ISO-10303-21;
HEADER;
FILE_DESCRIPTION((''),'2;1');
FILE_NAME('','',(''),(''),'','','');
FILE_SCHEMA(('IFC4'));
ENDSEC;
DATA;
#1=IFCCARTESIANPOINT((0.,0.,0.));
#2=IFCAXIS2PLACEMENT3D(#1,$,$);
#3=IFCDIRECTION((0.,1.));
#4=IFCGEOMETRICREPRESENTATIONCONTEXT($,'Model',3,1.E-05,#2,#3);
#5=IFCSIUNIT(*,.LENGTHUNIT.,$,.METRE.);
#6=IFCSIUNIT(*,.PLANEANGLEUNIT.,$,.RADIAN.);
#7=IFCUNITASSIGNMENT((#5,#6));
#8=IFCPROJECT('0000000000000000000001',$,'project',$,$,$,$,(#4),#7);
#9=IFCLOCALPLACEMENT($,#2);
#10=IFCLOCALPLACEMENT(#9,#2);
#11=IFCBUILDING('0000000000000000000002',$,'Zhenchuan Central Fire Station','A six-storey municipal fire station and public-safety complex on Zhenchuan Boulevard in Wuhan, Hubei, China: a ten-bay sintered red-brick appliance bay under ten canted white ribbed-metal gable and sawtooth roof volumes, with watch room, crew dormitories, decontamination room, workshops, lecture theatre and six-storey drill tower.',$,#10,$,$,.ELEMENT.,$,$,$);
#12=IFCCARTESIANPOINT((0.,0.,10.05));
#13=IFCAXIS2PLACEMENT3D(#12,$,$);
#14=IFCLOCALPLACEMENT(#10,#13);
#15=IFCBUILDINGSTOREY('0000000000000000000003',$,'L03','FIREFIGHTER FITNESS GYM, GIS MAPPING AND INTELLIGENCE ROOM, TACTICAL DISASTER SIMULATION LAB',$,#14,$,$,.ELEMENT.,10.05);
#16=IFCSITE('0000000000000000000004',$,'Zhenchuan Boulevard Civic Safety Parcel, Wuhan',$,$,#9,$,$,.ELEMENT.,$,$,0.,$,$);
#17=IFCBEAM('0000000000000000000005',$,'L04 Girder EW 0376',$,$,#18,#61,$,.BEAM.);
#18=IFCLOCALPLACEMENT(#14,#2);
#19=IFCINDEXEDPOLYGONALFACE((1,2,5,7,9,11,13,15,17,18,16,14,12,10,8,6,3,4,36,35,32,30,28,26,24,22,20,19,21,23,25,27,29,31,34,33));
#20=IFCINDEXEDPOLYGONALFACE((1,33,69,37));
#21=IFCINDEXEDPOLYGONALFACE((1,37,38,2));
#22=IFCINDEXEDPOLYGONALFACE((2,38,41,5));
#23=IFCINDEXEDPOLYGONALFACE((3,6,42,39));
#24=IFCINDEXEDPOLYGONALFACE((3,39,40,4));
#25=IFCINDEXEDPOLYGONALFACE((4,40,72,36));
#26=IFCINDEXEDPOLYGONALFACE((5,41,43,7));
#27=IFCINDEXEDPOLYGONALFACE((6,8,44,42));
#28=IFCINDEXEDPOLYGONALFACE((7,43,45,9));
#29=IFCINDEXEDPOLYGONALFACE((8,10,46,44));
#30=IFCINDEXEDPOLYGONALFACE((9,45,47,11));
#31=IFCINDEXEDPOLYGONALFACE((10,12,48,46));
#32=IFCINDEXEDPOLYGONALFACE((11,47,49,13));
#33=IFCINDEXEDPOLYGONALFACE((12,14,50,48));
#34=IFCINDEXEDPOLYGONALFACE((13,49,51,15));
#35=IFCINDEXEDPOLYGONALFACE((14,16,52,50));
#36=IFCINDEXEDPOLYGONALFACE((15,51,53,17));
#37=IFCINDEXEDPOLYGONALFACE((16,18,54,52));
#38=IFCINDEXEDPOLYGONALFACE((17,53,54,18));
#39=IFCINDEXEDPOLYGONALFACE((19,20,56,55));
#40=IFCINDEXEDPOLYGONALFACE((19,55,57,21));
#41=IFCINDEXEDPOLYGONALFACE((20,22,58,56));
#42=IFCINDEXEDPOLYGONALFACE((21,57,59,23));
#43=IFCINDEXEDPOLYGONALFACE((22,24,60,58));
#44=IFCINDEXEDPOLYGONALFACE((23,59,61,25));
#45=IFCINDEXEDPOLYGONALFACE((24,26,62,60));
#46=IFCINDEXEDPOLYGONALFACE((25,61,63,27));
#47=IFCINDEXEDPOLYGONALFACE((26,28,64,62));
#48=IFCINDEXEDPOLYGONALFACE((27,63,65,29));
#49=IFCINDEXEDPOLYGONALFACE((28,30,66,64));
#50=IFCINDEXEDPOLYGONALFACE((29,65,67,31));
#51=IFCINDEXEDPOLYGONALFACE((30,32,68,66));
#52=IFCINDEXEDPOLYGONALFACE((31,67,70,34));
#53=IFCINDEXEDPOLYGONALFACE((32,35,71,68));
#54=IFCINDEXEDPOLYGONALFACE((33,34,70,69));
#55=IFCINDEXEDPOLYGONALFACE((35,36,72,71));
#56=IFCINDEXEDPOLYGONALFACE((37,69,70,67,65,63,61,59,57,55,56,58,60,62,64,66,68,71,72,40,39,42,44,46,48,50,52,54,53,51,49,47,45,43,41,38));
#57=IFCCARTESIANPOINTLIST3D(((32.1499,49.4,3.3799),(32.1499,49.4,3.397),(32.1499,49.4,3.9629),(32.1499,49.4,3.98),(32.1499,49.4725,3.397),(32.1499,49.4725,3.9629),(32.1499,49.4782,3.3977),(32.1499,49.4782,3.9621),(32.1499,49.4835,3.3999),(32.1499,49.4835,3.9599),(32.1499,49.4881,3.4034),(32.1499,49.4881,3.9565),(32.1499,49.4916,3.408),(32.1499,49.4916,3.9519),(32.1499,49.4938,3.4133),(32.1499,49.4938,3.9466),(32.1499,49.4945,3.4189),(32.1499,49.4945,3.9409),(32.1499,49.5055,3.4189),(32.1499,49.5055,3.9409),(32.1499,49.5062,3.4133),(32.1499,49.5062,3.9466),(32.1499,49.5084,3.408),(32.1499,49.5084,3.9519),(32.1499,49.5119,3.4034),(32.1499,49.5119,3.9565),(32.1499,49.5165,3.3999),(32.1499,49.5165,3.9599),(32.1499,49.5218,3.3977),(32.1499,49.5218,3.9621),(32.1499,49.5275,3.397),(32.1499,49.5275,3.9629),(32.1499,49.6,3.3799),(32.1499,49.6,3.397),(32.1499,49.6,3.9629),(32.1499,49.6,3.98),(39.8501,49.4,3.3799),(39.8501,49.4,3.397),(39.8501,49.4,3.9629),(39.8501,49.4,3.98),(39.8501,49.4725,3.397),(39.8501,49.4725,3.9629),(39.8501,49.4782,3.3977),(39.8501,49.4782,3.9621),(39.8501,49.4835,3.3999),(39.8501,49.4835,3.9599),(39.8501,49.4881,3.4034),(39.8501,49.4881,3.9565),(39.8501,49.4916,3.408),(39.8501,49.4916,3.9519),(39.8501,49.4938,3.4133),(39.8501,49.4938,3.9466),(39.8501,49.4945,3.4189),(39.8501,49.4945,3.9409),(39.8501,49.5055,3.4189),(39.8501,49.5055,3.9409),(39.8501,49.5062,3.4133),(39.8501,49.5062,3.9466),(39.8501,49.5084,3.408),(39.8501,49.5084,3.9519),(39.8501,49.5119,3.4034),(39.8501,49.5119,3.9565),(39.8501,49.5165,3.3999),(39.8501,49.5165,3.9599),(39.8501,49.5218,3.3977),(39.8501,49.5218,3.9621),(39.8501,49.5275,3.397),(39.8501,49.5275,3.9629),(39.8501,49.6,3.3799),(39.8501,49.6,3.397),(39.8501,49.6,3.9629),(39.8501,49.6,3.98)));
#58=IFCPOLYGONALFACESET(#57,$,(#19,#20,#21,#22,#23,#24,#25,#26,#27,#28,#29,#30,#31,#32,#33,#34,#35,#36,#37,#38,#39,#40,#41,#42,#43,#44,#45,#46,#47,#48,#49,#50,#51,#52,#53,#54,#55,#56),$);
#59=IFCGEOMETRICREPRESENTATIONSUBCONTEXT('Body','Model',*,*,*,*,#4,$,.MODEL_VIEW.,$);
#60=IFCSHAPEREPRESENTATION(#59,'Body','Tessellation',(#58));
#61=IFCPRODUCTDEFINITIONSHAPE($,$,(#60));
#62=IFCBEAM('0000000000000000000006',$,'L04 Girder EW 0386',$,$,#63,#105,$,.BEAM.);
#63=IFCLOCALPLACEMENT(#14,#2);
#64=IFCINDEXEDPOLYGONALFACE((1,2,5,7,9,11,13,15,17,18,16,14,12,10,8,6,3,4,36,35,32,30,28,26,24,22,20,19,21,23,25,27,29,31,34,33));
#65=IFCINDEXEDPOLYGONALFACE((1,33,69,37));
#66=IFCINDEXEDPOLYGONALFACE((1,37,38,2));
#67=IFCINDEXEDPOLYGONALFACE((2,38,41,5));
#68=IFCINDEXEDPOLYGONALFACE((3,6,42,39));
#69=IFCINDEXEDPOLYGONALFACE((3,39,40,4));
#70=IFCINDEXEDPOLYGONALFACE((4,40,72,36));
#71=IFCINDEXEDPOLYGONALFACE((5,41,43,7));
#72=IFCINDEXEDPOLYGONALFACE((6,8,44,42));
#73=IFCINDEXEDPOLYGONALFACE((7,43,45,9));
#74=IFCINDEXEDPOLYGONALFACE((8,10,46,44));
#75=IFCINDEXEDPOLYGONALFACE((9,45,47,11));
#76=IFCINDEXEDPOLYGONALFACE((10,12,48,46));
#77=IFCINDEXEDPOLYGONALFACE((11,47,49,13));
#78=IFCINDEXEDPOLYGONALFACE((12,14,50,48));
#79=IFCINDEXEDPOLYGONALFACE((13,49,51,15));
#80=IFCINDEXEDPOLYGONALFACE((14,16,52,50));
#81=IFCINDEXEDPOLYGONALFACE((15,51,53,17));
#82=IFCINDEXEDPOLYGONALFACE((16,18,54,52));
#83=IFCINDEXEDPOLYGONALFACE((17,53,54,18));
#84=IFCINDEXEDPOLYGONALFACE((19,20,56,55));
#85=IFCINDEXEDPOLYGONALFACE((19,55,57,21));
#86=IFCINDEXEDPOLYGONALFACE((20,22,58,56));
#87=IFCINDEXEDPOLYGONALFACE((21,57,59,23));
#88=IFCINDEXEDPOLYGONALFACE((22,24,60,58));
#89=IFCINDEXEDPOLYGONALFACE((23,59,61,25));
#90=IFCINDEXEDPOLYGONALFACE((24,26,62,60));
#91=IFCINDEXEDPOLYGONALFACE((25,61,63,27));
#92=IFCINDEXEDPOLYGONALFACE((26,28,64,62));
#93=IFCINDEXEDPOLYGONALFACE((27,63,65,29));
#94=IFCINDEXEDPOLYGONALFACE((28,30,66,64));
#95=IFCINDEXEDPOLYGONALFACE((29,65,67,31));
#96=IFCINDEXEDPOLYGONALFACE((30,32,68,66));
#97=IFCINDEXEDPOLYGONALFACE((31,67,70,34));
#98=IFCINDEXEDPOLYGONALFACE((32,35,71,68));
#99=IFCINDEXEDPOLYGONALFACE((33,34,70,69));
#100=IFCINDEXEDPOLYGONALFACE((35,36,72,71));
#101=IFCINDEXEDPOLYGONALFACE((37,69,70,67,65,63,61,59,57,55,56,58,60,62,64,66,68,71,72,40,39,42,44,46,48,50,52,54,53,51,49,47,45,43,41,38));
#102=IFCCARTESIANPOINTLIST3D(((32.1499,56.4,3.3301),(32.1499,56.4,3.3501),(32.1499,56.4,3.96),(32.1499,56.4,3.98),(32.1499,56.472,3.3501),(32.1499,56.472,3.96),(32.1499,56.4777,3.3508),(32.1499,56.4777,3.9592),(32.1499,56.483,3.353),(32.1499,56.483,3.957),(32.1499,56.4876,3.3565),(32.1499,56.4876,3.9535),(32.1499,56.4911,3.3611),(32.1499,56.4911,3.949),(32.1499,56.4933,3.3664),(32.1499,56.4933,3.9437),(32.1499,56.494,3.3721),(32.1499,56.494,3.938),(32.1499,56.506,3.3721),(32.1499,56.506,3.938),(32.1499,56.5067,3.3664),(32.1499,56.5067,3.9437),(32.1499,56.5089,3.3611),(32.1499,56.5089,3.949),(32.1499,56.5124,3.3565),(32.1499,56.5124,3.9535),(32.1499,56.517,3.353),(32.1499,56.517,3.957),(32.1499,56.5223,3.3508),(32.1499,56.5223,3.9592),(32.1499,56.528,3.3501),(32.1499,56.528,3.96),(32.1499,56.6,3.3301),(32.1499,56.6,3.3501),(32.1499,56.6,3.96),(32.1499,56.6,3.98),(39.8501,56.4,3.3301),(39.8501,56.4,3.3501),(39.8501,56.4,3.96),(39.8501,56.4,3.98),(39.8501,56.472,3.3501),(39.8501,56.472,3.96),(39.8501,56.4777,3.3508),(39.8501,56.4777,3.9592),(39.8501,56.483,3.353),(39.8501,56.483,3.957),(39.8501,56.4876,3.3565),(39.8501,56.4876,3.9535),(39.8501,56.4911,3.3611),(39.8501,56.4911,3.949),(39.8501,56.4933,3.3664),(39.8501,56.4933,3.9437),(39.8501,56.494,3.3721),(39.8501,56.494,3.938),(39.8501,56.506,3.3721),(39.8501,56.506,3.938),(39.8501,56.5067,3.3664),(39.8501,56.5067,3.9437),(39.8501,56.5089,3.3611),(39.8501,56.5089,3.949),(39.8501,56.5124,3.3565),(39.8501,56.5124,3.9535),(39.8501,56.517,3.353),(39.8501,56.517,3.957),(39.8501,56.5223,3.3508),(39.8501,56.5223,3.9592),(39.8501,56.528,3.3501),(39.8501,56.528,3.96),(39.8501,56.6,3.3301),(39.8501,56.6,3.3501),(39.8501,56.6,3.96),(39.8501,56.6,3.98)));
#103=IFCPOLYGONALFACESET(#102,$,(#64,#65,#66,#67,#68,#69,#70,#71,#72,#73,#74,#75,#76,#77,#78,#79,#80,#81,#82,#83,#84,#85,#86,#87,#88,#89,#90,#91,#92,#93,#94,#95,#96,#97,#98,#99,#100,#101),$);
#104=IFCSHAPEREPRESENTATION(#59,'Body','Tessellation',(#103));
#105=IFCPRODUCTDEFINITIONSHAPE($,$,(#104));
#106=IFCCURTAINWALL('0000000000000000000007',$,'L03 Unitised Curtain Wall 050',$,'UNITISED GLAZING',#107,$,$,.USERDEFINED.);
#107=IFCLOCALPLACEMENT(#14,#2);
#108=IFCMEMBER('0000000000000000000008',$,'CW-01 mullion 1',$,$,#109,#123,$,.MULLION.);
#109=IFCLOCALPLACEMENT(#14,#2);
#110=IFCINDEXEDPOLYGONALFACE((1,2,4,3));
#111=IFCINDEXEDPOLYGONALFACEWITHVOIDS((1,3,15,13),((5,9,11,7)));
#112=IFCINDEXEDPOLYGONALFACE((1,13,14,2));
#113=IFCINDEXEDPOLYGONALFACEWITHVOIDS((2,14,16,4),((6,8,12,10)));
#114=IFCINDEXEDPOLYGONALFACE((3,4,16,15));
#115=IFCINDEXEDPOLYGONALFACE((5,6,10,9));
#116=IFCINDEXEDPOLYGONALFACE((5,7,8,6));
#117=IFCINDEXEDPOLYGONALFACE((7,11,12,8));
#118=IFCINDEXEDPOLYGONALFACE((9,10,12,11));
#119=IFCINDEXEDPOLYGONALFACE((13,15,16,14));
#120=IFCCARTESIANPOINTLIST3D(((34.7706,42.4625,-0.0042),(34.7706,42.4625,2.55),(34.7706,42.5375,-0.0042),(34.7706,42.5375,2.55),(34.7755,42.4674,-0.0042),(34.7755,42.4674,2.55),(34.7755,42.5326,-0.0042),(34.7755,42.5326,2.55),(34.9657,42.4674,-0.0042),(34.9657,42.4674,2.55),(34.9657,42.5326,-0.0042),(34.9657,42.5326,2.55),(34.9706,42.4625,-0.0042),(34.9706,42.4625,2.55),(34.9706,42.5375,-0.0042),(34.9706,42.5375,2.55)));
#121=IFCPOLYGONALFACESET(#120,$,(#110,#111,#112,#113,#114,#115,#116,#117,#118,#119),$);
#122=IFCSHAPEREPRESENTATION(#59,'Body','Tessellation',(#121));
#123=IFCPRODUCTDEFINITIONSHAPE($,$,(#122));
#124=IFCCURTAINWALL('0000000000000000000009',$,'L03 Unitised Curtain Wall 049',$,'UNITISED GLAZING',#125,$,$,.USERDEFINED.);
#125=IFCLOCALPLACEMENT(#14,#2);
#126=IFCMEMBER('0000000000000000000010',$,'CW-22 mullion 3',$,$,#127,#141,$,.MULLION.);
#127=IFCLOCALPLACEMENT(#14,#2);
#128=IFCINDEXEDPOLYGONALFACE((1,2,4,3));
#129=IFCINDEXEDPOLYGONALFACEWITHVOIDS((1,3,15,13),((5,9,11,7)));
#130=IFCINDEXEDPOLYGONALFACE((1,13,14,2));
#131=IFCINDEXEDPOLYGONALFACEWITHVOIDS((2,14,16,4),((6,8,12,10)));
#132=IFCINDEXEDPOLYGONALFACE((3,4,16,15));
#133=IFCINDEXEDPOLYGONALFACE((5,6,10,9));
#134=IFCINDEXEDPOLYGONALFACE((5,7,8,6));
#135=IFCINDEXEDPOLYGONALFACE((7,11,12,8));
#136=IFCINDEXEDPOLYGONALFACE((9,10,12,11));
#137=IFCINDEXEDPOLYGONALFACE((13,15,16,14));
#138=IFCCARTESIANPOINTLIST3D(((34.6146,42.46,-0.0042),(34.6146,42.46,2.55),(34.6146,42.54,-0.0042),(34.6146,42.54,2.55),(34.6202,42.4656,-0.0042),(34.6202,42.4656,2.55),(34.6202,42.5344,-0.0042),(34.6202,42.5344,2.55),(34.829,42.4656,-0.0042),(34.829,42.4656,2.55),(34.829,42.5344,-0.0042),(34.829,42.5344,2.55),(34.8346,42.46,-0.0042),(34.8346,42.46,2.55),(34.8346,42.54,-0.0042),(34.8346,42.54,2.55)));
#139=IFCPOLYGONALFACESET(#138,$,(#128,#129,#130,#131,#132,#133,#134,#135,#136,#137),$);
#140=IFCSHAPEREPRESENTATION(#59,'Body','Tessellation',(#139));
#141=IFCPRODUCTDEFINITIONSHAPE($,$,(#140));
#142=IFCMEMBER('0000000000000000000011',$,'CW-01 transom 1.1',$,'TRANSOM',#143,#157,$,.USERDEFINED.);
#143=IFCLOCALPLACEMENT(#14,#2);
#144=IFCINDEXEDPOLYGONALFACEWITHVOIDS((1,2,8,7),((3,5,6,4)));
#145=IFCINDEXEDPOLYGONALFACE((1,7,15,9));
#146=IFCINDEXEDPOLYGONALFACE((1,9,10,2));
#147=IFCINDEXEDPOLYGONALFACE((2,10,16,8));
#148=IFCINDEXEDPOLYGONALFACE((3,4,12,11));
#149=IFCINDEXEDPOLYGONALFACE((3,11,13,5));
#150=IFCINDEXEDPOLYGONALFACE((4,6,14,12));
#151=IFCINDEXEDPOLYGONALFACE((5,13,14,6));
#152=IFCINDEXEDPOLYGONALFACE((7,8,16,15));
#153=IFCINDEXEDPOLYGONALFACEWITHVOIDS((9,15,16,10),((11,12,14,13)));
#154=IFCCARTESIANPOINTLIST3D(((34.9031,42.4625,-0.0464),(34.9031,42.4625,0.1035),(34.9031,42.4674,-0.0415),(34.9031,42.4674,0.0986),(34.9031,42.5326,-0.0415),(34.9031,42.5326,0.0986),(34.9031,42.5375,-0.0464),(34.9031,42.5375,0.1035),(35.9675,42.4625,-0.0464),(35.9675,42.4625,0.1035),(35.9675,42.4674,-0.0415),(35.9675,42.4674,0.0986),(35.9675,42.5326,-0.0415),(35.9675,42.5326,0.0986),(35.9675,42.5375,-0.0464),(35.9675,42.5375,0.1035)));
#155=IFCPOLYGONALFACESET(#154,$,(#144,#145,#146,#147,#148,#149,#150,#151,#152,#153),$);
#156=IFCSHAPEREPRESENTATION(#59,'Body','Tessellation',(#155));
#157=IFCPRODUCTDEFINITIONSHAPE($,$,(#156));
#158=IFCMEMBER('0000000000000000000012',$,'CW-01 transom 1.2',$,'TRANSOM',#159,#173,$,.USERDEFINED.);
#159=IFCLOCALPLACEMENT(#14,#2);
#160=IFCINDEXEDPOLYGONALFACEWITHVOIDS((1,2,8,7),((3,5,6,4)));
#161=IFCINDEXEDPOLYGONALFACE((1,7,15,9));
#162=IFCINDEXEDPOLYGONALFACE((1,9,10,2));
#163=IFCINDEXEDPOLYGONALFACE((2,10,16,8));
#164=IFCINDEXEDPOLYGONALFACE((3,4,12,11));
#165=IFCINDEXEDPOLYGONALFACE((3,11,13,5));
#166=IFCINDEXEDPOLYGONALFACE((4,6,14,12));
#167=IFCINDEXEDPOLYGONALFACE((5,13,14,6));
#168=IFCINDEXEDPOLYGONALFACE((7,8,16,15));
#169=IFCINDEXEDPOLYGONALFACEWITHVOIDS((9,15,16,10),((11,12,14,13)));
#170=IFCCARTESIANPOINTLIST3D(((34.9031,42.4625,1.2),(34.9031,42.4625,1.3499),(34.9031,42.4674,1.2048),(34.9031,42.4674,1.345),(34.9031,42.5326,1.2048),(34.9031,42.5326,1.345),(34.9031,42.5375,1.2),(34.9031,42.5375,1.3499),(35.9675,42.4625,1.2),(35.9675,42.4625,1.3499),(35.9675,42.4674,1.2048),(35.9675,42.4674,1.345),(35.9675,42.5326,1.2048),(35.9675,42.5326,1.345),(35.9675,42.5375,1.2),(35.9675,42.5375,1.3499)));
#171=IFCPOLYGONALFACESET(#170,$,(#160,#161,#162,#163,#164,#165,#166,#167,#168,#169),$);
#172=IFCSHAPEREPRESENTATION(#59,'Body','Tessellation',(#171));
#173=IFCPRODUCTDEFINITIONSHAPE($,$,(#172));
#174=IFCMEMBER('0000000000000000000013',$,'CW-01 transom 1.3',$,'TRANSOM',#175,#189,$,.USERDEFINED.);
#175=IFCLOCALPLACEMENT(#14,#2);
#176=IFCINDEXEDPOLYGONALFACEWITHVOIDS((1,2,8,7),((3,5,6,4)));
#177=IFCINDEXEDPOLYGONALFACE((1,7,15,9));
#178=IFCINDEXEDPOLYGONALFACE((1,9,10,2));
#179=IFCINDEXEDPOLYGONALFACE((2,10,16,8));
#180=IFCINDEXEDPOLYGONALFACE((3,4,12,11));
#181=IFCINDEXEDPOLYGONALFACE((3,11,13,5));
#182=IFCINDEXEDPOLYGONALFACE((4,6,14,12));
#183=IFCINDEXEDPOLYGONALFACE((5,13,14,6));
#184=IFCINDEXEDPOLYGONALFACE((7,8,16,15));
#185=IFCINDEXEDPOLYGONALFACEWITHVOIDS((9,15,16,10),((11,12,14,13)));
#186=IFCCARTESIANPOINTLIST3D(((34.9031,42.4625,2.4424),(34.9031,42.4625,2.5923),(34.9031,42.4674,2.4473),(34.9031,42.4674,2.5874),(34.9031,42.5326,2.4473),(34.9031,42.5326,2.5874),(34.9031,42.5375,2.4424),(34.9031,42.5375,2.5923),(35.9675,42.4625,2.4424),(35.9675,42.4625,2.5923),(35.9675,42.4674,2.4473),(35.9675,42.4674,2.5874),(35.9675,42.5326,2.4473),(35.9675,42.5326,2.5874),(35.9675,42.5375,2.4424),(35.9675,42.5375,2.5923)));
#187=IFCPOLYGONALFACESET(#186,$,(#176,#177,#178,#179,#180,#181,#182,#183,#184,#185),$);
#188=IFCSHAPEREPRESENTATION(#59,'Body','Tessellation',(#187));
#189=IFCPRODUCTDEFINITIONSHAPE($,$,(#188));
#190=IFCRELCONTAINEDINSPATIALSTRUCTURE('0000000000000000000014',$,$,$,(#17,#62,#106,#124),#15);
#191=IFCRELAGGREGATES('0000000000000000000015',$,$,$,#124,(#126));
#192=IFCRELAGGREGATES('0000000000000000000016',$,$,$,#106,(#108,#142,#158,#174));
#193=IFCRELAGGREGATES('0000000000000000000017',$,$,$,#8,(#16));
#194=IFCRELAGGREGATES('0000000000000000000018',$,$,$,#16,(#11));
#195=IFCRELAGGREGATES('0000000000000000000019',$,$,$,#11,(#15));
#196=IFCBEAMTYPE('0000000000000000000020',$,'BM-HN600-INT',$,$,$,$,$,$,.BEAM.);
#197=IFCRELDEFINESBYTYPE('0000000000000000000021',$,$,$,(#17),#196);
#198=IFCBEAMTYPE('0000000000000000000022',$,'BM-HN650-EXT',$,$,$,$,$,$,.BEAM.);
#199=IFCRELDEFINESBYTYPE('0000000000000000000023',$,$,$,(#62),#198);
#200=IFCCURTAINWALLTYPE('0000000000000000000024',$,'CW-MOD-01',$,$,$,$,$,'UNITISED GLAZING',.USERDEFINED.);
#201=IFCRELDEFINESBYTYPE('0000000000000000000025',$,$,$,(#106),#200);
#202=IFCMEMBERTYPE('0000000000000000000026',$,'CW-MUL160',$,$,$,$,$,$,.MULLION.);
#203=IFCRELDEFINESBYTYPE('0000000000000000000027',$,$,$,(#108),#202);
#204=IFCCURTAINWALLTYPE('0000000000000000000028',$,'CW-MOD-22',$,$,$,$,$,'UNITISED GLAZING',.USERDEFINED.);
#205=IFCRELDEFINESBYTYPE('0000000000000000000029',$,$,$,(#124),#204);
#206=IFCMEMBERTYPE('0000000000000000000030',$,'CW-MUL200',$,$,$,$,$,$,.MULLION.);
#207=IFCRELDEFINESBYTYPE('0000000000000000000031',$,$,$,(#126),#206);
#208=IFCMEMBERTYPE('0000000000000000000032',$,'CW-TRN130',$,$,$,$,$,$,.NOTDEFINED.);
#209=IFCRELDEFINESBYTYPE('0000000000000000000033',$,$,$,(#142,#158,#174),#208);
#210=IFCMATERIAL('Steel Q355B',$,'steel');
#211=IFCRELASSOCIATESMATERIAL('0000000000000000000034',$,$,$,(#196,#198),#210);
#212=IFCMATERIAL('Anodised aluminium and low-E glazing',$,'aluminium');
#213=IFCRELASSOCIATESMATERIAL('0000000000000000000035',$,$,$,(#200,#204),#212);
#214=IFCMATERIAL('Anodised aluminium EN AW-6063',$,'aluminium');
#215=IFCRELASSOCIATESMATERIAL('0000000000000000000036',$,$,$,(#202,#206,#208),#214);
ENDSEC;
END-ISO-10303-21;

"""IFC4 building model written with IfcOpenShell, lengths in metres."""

from ifc_helpers import new_model, si_unit, direction, frame, origin, origin_2d, place, context, subcontext, project, spatial, hollow_rectangle, i_section, extrude, material, material_profile, profile_set, type_object, element, aggregate, save


model = new_model("IFC4")

# Units and contexts
model_context = context("Model", 3, precision=1e-05, world=origin(), true_north=direction((0.0, 1.0)))
body_context = subcontext(model_context, "Body", "Model", "MODEL_VIEW")
ifc_project = project(units=[si_unit("LENGTHUNIT", "METRE"), si_unit("PLANEANGLEUNIT", "RADIAN")], contexts=[model_context])

# Site, building, storey
site_placement = place(None, origin())
site = spatial("IfcSite", under=ifc_project, at=site_placement, Name="Zhenchuan Boulevard Civic Safety Parcel, Wuhan", CompositionType="ELEMENT", RefElevation=0.0)
building_placement = place(site_placement, origin())
building = spatial("IfcBuilding", under=site, at=building_placement, Name="Zhenchuan Central Fire Station", Description="A six-storey municipal fire station and public-safety complex on Zhenchuan Boulevard in Wuhan, Hubei, China: a ten-bay sintered red-brick appliance bay under ten canted white ribbed-metal gable and sawtooth roof volumes, with watch room, crew dormitories, decontamination room, workshops, lecture theatre and six-storey drill tower.", CompositionType="ELEMENT")
storey_placement = place(building_placement, frame((0.0, 0.0, 10.05)))
storey = spatial("IfcBuildingStorey", under=building, at=storey_placement, Name="L03", Description="FIREFIGHTER FITNESS GYM, GIS MAPPING AND INTELLIGENCE ROOM, TACTICAL DISASTER SIMULATION LAB", CompositionType="ELEMENT", Elevation=10.05)

# Shared definitions
ifc_material_1 = material(Name="Steel Q355B", Category="steel")

# Beams
ifc_material_profile_1 = material_profile(ifc_material_1, i_section(OverallWidth=0.2, OverallDepth=0.6001, WebThickness=0.011, FlangeThickness=0.0171, FilletRadius=0.022, at=origin_2d()), Name="HN 600x200")
ifc_profile_set_1 = profile_set([ifc_material_profile_1], Name="Steel Q355B")
beam_type_1 = type_object("IfcBeamType", Name="BM-HN600-INT", PredefinedType="BEAM", material=ifc_profile_set_1)
beam_1_placement = place(storey_placement, frame((32.1499, 49.5, 3.6799), z_axis=(1.0, 0.0, 0.0), x_axis=(0.0, 1.0, 0.0)))
element("IfcBeam", 1, at=beam_1_placement, inside=storey, type_object=beam_type_1, Name="L04 Girder EW 0376", PredefinedType="BEAM", context=body_context, shape_type="SweptSolid", body=[
    extrude(i_section(OverallWidth=0.2, OverallDepth=0.6001, WebThickness=0.011, FlangeThickness=0.0171, FilletRadius=0.022, at=origin_2d()), origin(), (0.0, 0.0, 1.0), 7.7002),
])
ifc_material_profile_2 = material_profile(ifc_material_1, i_section(OverallWidth=0.2, OverallDepth=0.6499, WebThickness=0.012, FlangeThickness=0.02, FilletRadius=0.022, at=origin_2d()), Name="HN 650x200")
ifc_profile_set_2 = profile_set([ifc_material_profile_2], Name="Steel Q355B")
beam_type_2 = type_object("IfcBeamType", Name="BM-HN650-EXT", PredefinedType="BEAM", material=ifc_profile_set_2)
beam_2_placement = place(storey_placement, frame((32.1499, 56.5, 3.655), z_axis=(1.0, 0.0, 0.0), x_axis=(0.0, 1.0, 0.0)))
element("IfcBeam", 2, at=beam_2_placement, inside=storey, type_object=beam_type_2, Name="L04 Girder EW 0386", PredefinedType="BEAM", context=body_context, shape_type="SweptSolid", body=[
    extrude(i_section(OverallWidth=0.2, OverallDepth=0.6499, WebThickness=0.012, FlangeThickness=0.02, FilletRadius=0.022, at=origin_2d()), origin(), (0.0, 0.0, 1.0), 7.7002),
])

# Curtain walls, members
ifc_material_2 = material(Name="Anodised aluminium and low-E glazing", Category="aluminium")
curtain_wall_type_1 = type_object("IfcCurtainWallType", Name="CW-MOD-01", ElementType="UNITISED GLAZING", PredefinedType="USERDEFINED", material=ifc_material_2)
curtain_wall_1_placement = place(storey_placement, origin())
curtain_wall_1 = element("IfcCurtainWall", 3, at=curtain_wall_1_placement, inside=storey, type_object=curtain_wall_type_1, Name="L03 Unitised Curtain Wall 050", ObjectType="UNITISED GLAZING", PredefinedType="USERDEFINED")
ifc_material_3 = material(Name="Anodised aluminium EN AW-6063", Category="aluminium")
ifc_material_profile_3 = material_profile(ifc_material_3, hollow_rectangle(XDim=0.075, YDim=0.2, WallThickness=0.0049, at=origin_2d()), Name="ALU-M 200x75")
ifc_profile_set_3 = profile_set([ifc_material_profile_3], Name="Anodised aluminium EN AW-6063")
member_type_1 = type_object("IfcMemberType", Name="CW-MUL160", PredefinedType="MULLION", material=ifc_profile_set_3)
member_1_placement = place(storey_placement, frame((34.8706, 42.5, -0.0042), z_axis=(0.0, 0.0, 1.0), x_axis=(0.0, 1.0, 0.0)))
member_1 = element("IfcMember", 4, at=member_1_placement, type_object=member_type_1, Name="CW-01 mullion 1", PredefinedType="MULLION", context=body_context, shape_type="SweptSolid", body=[
    extrude(hollow_rectangle(XDim=0.075, YDim=0.2, WallThickness=0.0049, at=origin_2d()), origin(), (0.0, 0.0, 1.0), 2.5542),
])
curtain_wall_type_2 = type_object("IfcCurtainWallType", Name="CW-MOD-22", ElementType="UNITISED GLAZING", PredefinedType="USERDEFINED", material=ifc_material_2)
curtain_wall_2_placement = place(storey_placement, origin())
curtain_wall_2 = element("IfcCurtainWall", 5, at=curtain_wall_2_placement, inside=storey, type_object=curtain_wall_type_2, Name="L03 Unitised Curtain Wall 049", ObjectType="UNITISED GLAZING", PredefinedType="USERDEFINED")
ifc_material_profile_4 = material_profile(ifc_material_3, hollow_rectangle(XDim=0.0801, YDim=0.22, WallThickness=0.0056, at=origin_2d()), Name="ALU-M 220x80")
ifc_profile_set_4 = profile_set([ifc_material_profile_4], Name="Anodised aluminium EN AW-6063")
member_type_2 = type_object("IfcMemberType", Name="CW-MUL200", PredefinedType="MULLION", material=ifc_profile_set_4)
member_2_placement = place(storey_placement, frame((34.7246, 42.5, -0.0042), z_axis=(0.0, 0.0, 1.0), x_axis=(0.0, 1.0, 0.0)))
member_2 = element("IfcMember", 6, at=member_2_placement, type_object=member_type_2, Name="CW-22 mullion 3", PredefinedType="MULLION", context=body_context, shape_type="SweptSolid", body=[
    extrude(hollow_rectangle(XDim=0.0801, YDim=0.22, WallThickness=0.0056, at=origin_2d()), origin(), (0.0, 0.0, 1.0), 2.5542),
])

# Members
ifc_material_profile_5 = material_profile(ifc_material_3, hollow_rectangle(XDim=0.075, YDim=0.1499, WallThickness=0.0049, at=origin_2d()), Name="ALU-T 150x75")
ifc_profile_set_5 = profile_set([ifc_material_profile_5], Name="Anodised aluminium EN AW-6063")
member_type_3 = type_object("IfcMemberType", Name="CW-TRN130", PredefinedType="NOTDEFINED", material=ifc_profile_set_5)
member_3_placement = place(storey_placement, frame((34.9031, 42.5, 0.0286), z_axis=(1.0, 0.0, 0.0), x_axis=(0.0, 1.0, 0.0)))
member_3 = element("IfcMember", 7, at=member_3_placement, type_object=member_type_3, Name="CW-01 transom 1.1", ObjectType="TRANSOM", PredefinedType="USERDEFINED", context=body_context, shape_type="SweptSolid", body=[
    extrude(hollow_rectangle(XDim=0.075, YDim=0.1499, WallThickness=0.0049, at=origin_2d()), origin(), (0.0, 0.0, 1.0), 1.0645),
])
member_4_placement = place(storey_placement, frame((34.9031, 42.5, 1.2749), z_axis=(1.0, 0.0, 0.0), x_axis=(0.0, 1.0, 0.0)))
member_4 = element("IfcMember", 8, at=member_4_placement, type_object=member_type_3, Name="CW-01 transom 1.2", ObjectType="TRANSOM", PredefinedType="USERDEFINED", context=body_context, shape_type="SweptSolid", body=[
    extrude(hollow_rectangle(XDim=0.075, YDim=0.1499, WallThickness=0.0049, at=origin_2d()), origin(), (0.0, 0.0, 1.0), 1.0645),
])
member_5_placement = place(storey_placement, frame((34.9031, 42.5, 2.5173), z_axis=(1.0, 0.0, 0.0), x_axis=(0.0, 1.0, 0.0)))
member_5 = element("IfcMember", 9, at=member_5_placement, type_object=member_type_3, Name="CW-01 transom 1.3", ObjectType="TRANSOM", PredefinedType="USERDEFINED", context=body_context, shape_type="SweptSolid", body=[
    extrude(hollow_rectangle(XDim=0.075, YDim=0.1499, WallThickness=0.0049, at=origin_2d()), origin(), (0.0, 0.0, 1.0), 1.0645),
])

aggregate(curtain_wall_2, [member_2])
aggregate(curtain_wall_1, [member_1, member_3, member_4, member_5])

save(model, "model.ifc")
